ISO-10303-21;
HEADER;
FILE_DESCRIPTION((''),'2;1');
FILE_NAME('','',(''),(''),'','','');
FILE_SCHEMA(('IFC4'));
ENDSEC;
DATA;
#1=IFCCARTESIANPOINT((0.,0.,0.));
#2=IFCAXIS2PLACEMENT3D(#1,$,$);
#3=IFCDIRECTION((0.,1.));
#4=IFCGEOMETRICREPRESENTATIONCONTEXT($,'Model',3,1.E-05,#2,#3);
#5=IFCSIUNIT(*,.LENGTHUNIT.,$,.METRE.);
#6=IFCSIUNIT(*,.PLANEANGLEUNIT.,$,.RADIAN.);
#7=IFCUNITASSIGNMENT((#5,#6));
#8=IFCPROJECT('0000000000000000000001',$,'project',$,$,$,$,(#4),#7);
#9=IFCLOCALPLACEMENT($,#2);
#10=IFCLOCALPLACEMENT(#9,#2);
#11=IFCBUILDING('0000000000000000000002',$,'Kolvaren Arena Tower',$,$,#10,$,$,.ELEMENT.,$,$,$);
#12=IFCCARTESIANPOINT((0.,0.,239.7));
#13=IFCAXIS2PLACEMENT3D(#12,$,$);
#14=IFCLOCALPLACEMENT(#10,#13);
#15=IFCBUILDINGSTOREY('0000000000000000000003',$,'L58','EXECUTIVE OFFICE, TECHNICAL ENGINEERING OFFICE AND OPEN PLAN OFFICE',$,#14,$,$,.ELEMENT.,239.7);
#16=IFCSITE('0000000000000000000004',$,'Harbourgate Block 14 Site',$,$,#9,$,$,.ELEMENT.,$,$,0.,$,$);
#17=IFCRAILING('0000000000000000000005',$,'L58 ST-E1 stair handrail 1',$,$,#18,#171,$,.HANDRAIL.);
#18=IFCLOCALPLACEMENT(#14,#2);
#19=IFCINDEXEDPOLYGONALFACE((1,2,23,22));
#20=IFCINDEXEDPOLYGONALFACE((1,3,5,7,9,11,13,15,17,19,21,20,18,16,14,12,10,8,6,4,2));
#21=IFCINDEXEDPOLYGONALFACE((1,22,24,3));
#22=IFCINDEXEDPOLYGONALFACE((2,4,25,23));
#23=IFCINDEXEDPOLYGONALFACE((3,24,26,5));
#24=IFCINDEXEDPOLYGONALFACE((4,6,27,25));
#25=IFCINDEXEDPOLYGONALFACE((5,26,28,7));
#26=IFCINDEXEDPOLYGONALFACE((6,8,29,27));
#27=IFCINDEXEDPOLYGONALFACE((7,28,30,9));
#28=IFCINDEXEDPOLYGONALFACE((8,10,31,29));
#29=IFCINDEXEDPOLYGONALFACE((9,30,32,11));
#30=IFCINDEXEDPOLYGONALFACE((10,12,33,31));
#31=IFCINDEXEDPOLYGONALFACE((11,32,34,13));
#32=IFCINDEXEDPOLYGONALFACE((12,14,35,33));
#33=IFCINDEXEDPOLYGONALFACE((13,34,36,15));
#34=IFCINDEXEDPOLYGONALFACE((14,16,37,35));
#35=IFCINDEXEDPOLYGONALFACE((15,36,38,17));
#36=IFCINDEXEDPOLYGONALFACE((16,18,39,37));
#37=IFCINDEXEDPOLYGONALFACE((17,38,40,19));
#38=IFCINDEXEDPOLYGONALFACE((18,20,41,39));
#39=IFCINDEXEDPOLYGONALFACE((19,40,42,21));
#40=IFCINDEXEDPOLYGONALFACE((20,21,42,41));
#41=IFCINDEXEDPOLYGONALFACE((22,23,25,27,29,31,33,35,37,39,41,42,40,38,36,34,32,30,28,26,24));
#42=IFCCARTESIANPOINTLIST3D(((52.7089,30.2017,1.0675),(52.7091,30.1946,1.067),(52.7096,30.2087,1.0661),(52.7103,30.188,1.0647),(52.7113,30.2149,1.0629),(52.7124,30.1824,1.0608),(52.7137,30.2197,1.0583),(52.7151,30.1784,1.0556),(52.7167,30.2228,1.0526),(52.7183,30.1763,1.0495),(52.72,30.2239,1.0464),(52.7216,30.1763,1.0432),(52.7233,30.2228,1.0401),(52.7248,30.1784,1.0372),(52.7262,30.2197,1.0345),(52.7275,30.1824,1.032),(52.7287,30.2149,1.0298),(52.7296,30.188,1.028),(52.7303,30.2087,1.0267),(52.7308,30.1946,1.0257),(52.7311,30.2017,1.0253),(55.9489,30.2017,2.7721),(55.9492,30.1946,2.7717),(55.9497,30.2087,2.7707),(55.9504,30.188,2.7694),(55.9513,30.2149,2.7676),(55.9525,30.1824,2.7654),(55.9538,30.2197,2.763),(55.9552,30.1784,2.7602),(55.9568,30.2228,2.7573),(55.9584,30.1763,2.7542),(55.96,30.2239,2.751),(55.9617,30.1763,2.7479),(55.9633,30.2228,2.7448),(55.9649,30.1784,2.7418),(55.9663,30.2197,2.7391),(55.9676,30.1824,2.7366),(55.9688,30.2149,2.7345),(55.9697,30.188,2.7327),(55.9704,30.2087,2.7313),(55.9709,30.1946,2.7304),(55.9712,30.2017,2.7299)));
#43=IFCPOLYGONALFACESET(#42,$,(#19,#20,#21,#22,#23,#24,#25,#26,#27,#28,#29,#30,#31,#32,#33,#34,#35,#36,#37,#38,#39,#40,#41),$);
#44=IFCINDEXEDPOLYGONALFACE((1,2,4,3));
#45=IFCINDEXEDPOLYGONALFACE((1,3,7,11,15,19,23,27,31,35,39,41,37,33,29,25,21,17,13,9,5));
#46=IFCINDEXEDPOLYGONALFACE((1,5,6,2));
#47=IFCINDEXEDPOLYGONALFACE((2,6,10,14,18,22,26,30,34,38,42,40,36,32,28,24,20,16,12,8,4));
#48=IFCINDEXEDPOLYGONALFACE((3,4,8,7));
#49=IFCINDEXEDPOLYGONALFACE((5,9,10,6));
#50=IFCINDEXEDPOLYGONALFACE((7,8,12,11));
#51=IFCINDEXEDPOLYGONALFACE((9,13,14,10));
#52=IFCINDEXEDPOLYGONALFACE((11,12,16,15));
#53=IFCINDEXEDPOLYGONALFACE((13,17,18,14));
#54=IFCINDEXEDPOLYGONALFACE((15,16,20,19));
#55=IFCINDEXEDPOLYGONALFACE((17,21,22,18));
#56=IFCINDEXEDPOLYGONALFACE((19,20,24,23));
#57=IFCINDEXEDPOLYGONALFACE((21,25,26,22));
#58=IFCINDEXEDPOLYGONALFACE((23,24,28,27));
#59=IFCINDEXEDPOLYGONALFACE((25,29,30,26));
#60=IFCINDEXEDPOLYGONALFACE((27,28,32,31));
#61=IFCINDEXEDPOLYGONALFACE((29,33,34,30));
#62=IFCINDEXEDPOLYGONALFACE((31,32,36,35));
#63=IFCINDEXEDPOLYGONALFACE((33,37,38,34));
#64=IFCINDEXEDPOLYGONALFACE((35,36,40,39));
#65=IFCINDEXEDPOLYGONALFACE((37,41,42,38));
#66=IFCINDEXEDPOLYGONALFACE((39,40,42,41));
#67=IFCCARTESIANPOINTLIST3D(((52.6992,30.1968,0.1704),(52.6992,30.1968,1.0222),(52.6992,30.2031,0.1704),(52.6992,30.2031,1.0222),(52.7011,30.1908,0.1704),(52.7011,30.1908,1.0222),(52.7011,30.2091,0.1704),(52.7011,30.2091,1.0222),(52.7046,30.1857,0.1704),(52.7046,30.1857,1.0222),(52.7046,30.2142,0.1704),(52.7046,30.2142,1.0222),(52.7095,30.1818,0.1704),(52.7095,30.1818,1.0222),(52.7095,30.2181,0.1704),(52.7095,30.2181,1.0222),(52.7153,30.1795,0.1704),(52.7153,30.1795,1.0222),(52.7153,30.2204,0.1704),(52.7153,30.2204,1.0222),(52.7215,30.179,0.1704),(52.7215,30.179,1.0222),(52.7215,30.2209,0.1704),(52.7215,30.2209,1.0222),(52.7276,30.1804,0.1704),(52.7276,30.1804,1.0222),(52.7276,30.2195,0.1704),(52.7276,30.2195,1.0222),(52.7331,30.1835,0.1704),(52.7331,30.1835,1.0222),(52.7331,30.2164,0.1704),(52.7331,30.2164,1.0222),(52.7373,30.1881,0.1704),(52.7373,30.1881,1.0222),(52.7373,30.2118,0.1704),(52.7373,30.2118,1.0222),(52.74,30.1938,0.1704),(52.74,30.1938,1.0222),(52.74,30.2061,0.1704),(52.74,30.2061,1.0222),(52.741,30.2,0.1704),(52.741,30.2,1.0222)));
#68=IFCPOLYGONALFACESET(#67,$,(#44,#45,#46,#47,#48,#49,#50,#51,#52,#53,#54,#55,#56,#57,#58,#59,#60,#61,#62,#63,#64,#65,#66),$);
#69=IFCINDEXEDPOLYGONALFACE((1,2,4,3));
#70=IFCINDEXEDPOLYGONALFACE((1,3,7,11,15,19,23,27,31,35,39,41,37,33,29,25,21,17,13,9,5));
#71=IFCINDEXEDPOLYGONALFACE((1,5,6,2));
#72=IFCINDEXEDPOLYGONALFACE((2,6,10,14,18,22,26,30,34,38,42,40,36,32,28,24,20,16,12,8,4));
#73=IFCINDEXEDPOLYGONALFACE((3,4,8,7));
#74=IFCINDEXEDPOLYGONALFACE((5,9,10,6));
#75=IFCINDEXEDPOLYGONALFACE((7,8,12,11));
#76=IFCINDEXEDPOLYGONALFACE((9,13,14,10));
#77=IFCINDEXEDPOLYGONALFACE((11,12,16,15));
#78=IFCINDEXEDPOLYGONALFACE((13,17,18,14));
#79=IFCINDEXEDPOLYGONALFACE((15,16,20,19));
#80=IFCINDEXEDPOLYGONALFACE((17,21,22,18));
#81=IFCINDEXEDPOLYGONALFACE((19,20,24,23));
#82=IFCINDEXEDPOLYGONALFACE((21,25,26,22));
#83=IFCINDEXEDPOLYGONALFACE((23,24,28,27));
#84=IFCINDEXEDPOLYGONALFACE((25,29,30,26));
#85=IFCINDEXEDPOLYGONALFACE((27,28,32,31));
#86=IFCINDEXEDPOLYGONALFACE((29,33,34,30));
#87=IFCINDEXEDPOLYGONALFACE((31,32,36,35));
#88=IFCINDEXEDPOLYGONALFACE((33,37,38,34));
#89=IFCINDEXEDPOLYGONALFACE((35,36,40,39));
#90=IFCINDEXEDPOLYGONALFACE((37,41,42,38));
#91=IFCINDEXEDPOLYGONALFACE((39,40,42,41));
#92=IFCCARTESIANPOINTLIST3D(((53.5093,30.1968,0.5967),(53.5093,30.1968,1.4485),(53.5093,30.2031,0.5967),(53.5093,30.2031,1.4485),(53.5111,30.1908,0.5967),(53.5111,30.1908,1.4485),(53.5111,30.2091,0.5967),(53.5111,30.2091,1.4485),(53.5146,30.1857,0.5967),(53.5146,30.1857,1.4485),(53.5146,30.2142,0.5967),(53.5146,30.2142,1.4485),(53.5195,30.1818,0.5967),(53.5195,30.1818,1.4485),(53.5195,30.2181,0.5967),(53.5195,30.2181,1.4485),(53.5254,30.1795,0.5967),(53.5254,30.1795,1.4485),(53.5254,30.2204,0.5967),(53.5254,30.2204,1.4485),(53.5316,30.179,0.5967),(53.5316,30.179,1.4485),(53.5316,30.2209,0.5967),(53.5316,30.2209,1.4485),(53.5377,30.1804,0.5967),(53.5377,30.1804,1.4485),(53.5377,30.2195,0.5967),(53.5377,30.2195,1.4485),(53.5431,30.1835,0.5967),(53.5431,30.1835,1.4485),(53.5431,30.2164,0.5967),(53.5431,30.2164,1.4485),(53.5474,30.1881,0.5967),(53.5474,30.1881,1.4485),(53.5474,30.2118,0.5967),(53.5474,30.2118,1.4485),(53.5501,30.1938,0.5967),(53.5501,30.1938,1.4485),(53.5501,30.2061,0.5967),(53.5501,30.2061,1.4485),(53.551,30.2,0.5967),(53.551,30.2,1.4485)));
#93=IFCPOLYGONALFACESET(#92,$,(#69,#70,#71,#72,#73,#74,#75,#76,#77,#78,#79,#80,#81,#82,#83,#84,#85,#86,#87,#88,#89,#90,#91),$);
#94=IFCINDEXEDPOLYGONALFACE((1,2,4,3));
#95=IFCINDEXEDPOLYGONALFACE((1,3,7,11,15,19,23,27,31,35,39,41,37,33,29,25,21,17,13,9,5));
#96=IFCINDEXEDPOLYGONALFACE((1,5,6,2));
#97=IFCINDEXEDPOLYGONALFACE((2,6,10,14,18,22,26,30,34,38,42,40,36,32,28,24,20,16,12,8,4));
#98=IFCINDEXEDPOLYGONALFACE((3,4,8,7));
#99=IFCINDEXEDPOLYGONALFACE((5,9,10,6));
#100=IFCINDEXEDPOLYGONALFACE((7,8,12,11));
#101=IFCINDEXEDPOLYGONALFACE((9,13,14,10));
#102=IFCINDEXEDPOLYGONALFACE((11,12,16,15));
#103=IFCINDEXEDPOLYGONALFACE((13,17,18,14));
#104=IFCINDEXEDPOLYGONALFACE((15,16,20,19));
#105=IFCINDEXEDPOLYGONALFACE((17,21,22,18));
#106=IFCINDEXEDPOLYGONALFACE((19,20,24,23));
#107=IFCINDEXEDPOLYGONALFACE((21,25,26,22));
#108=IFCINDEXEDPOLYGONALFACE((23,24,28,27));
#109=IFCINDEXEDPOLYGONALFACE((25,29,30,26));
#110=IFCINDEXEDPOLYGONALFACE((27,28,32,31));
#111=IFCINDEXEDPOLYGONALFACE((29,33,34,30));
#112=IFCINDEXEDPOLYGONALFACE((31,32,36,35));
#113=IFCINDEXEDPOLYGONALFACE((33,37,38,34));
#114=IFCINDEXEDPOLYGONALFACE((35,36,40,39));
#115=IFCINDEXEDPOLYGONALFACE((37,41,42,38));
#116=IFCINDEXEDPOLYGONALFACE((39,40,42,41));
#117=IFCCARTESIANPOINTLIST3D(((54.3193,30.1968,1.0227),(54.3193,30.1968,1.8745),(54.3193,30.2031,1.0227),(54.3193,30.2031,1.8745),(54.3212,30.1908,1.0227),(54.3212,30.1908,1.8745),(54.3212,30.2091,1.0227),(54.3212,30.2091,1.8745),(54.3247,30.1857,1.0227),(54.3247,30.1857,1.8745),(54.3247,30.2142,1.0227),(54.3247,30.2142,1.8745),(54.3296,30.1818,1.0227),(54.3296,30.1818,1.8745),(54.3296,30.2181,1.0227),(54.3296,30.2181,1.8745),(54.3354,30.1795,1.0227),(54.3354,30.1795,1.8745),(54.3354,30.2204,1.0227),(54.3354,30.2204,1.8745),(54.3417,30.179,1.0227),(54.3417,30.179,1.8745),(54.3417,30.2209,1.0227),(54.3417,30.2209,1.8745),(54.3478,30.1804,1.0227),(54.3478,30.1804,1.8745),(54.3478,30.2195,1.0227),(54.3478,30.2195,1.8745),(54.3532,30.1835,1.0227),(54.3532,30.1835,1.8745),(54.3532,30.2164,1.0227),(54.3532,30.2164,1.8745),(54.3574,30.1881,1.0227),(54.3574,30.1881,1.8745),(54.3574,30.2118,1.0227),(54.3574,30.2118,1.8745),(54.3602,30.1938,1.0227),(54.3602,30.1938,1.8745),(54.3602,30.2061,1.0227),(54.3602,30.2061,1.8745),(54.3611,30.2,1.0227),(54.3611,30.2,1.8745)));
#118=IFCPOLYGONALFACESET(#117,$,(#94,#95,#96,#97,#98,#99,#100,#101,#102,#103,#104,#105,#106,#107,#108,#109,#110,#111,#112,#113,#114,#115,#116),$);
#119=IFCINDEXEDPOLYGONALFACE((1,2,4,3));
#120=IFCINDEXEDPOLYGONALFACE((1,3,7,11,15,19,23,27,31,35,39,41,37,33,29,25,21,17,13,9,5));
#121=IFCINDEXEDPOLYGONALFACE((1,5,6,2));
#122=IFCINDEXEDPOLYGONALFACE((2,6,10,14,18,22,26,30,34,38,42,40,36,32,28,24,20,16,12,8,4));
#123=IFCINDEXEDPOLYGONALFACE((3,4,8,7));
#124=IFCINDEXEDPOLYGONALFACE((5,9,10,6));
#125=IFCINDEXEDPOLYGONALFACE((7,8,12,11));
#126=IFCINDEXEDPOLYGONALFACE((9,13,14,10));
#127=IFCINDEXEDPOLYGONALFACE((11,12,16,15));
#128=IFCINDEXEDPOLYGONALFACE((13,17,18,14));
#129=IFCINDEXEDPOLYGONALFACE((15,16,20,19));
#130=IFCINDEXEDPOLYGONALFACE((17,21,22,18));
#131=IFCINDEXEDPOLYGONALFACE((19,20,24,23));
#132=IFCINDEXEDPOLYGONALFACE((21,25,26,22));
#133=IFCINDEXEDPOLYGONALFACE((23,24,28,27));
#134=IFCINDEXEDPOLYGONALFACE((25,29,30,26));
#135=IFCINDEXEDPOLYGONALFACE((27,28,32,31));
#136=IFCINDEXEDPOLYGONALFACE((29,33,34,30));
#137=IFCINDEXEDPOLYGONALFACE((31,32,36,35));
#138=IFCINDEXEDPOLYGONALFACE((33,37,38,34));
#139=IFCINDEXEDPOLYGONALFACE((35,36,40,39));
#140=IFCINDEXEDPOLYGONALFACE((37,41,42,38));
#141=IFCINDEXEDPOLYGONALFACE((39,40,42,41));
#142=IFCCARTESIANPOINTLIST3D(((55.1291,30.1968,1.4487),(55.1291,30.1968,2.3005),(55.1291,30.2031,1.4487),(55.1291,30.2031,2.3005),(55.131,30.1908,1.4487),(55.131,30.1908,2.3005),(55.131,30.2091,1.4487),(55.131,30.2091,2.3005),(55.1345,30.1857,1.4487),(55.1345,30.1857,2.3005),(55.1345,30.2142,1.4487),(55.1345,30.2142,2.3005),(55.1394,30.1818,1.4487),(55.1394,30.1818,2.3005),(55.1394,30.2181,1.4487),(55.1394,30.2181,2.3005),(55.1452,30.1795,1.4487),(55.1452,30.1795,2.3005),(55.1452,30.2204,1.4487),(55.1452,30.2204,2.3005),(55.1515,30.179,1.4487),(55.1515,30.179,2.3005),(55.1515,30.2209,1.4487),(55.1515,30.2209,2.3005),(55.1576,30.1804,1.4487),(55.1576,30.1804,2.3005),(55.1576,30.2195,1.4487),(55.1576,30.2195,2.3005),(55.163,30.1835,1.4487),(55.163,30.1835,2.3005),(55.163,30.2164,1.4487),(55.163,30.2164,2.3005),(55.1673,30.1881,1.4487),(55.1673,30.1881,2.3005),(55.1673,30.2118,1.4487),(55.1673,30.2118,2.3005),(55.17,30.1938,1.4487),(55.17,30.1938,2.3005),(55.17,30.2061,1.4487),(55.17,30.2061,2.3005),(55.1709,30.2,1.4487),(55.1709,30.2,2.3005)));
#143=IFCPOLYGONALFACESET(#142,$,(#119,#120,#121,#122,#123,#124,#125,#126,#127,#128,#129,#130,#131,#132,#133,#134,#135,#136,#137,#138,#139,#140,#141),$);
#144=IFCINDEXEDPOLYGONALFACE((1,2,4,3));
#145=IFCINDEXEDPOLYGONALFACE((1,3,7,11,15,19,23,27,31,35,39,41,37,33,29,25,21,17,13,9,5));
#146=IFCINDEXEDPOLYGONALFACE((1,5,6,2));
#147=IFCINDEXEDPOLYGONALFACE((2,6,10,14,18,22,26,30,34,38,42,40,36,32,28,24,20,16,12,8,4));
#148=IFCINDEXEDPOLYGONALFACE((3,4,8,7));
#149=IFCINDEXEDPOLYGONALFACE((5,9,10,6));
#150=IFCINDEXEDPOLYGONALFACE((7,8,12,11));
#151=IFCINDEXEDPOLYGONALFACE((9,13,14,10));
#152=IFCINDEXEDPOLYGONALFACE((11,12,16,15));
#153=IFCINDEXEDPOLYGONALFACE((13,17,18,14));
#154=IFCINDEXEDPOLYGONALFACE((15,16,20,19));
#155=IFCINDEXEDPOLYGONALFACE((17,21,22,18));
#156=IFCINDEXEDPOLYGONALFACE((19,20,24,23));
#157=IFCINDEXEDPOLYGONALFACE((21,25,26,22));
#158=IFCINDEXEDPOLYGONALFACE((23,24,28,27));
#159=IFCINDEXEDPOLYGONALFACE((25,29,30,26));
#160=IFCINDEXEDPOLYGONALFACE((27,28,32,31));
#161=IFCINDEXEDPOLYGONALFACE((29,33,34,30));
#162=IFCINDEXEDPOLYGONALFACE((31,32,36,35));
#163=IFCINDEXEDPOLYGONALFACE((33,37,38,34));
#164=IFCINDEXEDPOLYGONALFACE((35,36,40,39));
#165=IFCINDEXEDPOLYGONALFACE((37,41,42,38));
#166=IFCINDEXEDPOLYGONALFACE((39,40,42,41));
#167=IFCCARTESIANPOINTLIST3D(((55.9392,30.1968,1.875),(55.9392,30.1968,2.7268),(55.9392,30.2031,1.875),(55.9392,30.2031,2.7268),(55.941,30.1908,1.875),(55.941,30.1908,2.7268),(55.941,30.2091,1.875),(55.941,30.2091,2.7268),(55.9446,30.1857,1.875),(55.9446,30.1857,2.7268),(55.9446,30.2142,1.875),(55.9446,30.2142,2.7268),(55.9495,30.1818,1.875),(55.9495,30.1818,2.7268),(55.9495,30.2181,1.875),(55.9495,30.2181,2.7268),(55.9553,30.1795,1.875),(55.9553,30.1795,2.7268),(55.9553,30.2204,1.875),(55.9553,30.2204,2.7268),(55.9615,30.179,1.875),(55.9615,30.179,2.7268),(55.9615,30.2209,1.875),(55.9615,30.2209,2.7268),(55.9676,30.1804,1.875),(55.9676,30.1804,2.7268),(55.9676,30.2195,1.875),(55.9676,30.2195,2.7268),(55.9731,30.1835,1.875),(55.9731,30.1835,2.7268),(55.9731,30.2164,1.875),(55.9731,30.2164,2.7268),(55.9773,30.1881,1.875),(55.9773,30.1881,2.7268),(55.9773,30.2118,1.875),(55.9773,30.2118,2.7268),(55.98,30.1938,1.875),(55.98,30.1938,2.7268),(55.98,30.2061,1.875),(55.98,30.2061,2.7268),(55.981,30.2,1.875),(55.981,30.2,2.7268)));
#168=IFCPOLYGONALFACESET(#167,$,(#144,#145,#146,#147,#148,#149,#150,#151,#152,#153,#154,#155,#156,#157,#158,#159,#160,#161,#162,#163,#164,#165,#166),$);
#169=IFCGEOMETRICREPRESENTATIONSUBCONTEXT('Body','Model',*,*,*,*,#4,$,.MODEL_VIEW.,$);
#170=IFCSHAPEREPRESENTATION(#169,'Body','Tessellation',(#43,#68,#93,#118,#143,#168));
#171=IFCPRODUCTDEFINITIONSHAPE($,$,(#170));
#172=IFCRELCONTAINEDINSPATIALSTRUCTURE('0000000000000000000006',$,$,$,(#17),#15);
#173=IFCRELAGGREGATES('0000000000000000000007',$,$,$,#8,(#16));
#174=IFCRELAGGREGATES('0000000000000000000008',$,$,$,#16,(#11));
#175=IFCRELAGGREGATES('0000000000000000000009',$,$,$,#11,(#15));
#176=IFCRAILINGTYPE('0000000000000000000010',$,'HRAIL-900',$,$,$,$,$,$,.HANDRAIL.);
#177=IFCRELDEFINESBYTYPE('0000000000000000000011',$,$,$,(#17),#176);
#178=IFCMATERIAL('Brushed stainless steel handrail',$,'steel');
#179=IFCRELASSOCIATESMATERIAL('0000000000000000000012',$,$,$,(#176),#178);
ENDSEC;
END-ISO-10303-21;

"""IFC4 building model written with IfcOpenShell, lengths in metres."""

from ifc_helpers import new_model, si_unit, direction, frame, origin, origin_2d, place, context, subcontext, project, spatial, circle, extrude, material, type_object, element, save


model = new_model("IFC4")

# Units and contexts
model_context = context("Model", 3, precision=1e-05, world=origin(), true_north=direction((0.0, 1.0)))
body_context = subcontext(model_context, "Body", "Model", "MODEL_VIEW")
ifc_project = project(units=[si_unit("LENGTHUNIT", "METRE"), si_unit("PLANEANGLEUNIT", "RADIAN")], contexts=[model_context])

# Site, building, storey
site_placement = place(None, origin())
site = spatial("IfcSite", under=ifc_project, at=site_placement, Name="Harbourgate Block 14 Site", CompositionType="ELEMENT", RefElevation=0.0)
building_placement = place(site_placement, origin())
building = spatial("IfcBuilding", under=site, at=building_placement, Name="Kolvaren Arena Tower", CompositionType="ELEMENT")
storey_placement = place(building_placement, frame((0.0, 0.0, 239.7)))
storey = spatial("IfcBuildingStorey", under=building, at=storey_placement, Name="L58", Description="EXECUTIVE OFFICE, TECHNICAL ENGINEERING OFFICE AND OPEN PLAN OFFICE", CompositionType="ELEMENT", Elevation=239.7)

# Railing
ifc_material_1 = material(Name="Brushed stainless steel handrail", Category="steel")
railing_type_1 = type_object("IfcRailingType", Name="HRAIL-900", PredefinedType="HANDRAIL", material=ifc_material_1)
for number, where, name in (
    (1, (52.72, 30.2, 0.1704), "L58 ST-E1 stair handrail 1"),
):
    element("IfcRailing", number, at=place(storey_placement, frame(where)), inside=storey, type_object=railing_type_1, Name=name, PredefinedType="HANDRAIL", context=body_context, shape_type="SweptSolid", body=[
        extrude(circle(Radius=0.0239, at=origin_2d()), frame((0.0, 0.0, 0.876), z_axis=(0.884993, 0.0, 0.465604), x_axis=(0.0, 1.0, 0.0)), (0.0, 0.0, 1.0), 3.6611),
        extrude(circle(Radius=0.021, at=origin_2d()), origin(), (0.0, 0.0, 1.0), 0.8518),
        extrude(circle(Radius=0.021, at=origin_2d()), frame((0.8101, 0.0, 0.4263)), (0.0, 0.0, 1.0), 0.8518),
        extrude(circle(Radius=0.021, at=origin_2d()), frame((1.6201, 0.0, 0.8523)), (0.0, 0.0, 1.0), 0.8518),
        extrude(circle(Radius=0.021, at=origin_2d()), frame((2.4299, 0.0, 1.2783)), (0.0, 0.0, 1.0), 0.8518),
        extrude(circle(Radius=0.021, at=origin_2d()), frame((3.24, 0.0, 1.7046)), (0.0, 0.0, 1.0), 0.8518),
    ])

save(model, "model.ifc")
